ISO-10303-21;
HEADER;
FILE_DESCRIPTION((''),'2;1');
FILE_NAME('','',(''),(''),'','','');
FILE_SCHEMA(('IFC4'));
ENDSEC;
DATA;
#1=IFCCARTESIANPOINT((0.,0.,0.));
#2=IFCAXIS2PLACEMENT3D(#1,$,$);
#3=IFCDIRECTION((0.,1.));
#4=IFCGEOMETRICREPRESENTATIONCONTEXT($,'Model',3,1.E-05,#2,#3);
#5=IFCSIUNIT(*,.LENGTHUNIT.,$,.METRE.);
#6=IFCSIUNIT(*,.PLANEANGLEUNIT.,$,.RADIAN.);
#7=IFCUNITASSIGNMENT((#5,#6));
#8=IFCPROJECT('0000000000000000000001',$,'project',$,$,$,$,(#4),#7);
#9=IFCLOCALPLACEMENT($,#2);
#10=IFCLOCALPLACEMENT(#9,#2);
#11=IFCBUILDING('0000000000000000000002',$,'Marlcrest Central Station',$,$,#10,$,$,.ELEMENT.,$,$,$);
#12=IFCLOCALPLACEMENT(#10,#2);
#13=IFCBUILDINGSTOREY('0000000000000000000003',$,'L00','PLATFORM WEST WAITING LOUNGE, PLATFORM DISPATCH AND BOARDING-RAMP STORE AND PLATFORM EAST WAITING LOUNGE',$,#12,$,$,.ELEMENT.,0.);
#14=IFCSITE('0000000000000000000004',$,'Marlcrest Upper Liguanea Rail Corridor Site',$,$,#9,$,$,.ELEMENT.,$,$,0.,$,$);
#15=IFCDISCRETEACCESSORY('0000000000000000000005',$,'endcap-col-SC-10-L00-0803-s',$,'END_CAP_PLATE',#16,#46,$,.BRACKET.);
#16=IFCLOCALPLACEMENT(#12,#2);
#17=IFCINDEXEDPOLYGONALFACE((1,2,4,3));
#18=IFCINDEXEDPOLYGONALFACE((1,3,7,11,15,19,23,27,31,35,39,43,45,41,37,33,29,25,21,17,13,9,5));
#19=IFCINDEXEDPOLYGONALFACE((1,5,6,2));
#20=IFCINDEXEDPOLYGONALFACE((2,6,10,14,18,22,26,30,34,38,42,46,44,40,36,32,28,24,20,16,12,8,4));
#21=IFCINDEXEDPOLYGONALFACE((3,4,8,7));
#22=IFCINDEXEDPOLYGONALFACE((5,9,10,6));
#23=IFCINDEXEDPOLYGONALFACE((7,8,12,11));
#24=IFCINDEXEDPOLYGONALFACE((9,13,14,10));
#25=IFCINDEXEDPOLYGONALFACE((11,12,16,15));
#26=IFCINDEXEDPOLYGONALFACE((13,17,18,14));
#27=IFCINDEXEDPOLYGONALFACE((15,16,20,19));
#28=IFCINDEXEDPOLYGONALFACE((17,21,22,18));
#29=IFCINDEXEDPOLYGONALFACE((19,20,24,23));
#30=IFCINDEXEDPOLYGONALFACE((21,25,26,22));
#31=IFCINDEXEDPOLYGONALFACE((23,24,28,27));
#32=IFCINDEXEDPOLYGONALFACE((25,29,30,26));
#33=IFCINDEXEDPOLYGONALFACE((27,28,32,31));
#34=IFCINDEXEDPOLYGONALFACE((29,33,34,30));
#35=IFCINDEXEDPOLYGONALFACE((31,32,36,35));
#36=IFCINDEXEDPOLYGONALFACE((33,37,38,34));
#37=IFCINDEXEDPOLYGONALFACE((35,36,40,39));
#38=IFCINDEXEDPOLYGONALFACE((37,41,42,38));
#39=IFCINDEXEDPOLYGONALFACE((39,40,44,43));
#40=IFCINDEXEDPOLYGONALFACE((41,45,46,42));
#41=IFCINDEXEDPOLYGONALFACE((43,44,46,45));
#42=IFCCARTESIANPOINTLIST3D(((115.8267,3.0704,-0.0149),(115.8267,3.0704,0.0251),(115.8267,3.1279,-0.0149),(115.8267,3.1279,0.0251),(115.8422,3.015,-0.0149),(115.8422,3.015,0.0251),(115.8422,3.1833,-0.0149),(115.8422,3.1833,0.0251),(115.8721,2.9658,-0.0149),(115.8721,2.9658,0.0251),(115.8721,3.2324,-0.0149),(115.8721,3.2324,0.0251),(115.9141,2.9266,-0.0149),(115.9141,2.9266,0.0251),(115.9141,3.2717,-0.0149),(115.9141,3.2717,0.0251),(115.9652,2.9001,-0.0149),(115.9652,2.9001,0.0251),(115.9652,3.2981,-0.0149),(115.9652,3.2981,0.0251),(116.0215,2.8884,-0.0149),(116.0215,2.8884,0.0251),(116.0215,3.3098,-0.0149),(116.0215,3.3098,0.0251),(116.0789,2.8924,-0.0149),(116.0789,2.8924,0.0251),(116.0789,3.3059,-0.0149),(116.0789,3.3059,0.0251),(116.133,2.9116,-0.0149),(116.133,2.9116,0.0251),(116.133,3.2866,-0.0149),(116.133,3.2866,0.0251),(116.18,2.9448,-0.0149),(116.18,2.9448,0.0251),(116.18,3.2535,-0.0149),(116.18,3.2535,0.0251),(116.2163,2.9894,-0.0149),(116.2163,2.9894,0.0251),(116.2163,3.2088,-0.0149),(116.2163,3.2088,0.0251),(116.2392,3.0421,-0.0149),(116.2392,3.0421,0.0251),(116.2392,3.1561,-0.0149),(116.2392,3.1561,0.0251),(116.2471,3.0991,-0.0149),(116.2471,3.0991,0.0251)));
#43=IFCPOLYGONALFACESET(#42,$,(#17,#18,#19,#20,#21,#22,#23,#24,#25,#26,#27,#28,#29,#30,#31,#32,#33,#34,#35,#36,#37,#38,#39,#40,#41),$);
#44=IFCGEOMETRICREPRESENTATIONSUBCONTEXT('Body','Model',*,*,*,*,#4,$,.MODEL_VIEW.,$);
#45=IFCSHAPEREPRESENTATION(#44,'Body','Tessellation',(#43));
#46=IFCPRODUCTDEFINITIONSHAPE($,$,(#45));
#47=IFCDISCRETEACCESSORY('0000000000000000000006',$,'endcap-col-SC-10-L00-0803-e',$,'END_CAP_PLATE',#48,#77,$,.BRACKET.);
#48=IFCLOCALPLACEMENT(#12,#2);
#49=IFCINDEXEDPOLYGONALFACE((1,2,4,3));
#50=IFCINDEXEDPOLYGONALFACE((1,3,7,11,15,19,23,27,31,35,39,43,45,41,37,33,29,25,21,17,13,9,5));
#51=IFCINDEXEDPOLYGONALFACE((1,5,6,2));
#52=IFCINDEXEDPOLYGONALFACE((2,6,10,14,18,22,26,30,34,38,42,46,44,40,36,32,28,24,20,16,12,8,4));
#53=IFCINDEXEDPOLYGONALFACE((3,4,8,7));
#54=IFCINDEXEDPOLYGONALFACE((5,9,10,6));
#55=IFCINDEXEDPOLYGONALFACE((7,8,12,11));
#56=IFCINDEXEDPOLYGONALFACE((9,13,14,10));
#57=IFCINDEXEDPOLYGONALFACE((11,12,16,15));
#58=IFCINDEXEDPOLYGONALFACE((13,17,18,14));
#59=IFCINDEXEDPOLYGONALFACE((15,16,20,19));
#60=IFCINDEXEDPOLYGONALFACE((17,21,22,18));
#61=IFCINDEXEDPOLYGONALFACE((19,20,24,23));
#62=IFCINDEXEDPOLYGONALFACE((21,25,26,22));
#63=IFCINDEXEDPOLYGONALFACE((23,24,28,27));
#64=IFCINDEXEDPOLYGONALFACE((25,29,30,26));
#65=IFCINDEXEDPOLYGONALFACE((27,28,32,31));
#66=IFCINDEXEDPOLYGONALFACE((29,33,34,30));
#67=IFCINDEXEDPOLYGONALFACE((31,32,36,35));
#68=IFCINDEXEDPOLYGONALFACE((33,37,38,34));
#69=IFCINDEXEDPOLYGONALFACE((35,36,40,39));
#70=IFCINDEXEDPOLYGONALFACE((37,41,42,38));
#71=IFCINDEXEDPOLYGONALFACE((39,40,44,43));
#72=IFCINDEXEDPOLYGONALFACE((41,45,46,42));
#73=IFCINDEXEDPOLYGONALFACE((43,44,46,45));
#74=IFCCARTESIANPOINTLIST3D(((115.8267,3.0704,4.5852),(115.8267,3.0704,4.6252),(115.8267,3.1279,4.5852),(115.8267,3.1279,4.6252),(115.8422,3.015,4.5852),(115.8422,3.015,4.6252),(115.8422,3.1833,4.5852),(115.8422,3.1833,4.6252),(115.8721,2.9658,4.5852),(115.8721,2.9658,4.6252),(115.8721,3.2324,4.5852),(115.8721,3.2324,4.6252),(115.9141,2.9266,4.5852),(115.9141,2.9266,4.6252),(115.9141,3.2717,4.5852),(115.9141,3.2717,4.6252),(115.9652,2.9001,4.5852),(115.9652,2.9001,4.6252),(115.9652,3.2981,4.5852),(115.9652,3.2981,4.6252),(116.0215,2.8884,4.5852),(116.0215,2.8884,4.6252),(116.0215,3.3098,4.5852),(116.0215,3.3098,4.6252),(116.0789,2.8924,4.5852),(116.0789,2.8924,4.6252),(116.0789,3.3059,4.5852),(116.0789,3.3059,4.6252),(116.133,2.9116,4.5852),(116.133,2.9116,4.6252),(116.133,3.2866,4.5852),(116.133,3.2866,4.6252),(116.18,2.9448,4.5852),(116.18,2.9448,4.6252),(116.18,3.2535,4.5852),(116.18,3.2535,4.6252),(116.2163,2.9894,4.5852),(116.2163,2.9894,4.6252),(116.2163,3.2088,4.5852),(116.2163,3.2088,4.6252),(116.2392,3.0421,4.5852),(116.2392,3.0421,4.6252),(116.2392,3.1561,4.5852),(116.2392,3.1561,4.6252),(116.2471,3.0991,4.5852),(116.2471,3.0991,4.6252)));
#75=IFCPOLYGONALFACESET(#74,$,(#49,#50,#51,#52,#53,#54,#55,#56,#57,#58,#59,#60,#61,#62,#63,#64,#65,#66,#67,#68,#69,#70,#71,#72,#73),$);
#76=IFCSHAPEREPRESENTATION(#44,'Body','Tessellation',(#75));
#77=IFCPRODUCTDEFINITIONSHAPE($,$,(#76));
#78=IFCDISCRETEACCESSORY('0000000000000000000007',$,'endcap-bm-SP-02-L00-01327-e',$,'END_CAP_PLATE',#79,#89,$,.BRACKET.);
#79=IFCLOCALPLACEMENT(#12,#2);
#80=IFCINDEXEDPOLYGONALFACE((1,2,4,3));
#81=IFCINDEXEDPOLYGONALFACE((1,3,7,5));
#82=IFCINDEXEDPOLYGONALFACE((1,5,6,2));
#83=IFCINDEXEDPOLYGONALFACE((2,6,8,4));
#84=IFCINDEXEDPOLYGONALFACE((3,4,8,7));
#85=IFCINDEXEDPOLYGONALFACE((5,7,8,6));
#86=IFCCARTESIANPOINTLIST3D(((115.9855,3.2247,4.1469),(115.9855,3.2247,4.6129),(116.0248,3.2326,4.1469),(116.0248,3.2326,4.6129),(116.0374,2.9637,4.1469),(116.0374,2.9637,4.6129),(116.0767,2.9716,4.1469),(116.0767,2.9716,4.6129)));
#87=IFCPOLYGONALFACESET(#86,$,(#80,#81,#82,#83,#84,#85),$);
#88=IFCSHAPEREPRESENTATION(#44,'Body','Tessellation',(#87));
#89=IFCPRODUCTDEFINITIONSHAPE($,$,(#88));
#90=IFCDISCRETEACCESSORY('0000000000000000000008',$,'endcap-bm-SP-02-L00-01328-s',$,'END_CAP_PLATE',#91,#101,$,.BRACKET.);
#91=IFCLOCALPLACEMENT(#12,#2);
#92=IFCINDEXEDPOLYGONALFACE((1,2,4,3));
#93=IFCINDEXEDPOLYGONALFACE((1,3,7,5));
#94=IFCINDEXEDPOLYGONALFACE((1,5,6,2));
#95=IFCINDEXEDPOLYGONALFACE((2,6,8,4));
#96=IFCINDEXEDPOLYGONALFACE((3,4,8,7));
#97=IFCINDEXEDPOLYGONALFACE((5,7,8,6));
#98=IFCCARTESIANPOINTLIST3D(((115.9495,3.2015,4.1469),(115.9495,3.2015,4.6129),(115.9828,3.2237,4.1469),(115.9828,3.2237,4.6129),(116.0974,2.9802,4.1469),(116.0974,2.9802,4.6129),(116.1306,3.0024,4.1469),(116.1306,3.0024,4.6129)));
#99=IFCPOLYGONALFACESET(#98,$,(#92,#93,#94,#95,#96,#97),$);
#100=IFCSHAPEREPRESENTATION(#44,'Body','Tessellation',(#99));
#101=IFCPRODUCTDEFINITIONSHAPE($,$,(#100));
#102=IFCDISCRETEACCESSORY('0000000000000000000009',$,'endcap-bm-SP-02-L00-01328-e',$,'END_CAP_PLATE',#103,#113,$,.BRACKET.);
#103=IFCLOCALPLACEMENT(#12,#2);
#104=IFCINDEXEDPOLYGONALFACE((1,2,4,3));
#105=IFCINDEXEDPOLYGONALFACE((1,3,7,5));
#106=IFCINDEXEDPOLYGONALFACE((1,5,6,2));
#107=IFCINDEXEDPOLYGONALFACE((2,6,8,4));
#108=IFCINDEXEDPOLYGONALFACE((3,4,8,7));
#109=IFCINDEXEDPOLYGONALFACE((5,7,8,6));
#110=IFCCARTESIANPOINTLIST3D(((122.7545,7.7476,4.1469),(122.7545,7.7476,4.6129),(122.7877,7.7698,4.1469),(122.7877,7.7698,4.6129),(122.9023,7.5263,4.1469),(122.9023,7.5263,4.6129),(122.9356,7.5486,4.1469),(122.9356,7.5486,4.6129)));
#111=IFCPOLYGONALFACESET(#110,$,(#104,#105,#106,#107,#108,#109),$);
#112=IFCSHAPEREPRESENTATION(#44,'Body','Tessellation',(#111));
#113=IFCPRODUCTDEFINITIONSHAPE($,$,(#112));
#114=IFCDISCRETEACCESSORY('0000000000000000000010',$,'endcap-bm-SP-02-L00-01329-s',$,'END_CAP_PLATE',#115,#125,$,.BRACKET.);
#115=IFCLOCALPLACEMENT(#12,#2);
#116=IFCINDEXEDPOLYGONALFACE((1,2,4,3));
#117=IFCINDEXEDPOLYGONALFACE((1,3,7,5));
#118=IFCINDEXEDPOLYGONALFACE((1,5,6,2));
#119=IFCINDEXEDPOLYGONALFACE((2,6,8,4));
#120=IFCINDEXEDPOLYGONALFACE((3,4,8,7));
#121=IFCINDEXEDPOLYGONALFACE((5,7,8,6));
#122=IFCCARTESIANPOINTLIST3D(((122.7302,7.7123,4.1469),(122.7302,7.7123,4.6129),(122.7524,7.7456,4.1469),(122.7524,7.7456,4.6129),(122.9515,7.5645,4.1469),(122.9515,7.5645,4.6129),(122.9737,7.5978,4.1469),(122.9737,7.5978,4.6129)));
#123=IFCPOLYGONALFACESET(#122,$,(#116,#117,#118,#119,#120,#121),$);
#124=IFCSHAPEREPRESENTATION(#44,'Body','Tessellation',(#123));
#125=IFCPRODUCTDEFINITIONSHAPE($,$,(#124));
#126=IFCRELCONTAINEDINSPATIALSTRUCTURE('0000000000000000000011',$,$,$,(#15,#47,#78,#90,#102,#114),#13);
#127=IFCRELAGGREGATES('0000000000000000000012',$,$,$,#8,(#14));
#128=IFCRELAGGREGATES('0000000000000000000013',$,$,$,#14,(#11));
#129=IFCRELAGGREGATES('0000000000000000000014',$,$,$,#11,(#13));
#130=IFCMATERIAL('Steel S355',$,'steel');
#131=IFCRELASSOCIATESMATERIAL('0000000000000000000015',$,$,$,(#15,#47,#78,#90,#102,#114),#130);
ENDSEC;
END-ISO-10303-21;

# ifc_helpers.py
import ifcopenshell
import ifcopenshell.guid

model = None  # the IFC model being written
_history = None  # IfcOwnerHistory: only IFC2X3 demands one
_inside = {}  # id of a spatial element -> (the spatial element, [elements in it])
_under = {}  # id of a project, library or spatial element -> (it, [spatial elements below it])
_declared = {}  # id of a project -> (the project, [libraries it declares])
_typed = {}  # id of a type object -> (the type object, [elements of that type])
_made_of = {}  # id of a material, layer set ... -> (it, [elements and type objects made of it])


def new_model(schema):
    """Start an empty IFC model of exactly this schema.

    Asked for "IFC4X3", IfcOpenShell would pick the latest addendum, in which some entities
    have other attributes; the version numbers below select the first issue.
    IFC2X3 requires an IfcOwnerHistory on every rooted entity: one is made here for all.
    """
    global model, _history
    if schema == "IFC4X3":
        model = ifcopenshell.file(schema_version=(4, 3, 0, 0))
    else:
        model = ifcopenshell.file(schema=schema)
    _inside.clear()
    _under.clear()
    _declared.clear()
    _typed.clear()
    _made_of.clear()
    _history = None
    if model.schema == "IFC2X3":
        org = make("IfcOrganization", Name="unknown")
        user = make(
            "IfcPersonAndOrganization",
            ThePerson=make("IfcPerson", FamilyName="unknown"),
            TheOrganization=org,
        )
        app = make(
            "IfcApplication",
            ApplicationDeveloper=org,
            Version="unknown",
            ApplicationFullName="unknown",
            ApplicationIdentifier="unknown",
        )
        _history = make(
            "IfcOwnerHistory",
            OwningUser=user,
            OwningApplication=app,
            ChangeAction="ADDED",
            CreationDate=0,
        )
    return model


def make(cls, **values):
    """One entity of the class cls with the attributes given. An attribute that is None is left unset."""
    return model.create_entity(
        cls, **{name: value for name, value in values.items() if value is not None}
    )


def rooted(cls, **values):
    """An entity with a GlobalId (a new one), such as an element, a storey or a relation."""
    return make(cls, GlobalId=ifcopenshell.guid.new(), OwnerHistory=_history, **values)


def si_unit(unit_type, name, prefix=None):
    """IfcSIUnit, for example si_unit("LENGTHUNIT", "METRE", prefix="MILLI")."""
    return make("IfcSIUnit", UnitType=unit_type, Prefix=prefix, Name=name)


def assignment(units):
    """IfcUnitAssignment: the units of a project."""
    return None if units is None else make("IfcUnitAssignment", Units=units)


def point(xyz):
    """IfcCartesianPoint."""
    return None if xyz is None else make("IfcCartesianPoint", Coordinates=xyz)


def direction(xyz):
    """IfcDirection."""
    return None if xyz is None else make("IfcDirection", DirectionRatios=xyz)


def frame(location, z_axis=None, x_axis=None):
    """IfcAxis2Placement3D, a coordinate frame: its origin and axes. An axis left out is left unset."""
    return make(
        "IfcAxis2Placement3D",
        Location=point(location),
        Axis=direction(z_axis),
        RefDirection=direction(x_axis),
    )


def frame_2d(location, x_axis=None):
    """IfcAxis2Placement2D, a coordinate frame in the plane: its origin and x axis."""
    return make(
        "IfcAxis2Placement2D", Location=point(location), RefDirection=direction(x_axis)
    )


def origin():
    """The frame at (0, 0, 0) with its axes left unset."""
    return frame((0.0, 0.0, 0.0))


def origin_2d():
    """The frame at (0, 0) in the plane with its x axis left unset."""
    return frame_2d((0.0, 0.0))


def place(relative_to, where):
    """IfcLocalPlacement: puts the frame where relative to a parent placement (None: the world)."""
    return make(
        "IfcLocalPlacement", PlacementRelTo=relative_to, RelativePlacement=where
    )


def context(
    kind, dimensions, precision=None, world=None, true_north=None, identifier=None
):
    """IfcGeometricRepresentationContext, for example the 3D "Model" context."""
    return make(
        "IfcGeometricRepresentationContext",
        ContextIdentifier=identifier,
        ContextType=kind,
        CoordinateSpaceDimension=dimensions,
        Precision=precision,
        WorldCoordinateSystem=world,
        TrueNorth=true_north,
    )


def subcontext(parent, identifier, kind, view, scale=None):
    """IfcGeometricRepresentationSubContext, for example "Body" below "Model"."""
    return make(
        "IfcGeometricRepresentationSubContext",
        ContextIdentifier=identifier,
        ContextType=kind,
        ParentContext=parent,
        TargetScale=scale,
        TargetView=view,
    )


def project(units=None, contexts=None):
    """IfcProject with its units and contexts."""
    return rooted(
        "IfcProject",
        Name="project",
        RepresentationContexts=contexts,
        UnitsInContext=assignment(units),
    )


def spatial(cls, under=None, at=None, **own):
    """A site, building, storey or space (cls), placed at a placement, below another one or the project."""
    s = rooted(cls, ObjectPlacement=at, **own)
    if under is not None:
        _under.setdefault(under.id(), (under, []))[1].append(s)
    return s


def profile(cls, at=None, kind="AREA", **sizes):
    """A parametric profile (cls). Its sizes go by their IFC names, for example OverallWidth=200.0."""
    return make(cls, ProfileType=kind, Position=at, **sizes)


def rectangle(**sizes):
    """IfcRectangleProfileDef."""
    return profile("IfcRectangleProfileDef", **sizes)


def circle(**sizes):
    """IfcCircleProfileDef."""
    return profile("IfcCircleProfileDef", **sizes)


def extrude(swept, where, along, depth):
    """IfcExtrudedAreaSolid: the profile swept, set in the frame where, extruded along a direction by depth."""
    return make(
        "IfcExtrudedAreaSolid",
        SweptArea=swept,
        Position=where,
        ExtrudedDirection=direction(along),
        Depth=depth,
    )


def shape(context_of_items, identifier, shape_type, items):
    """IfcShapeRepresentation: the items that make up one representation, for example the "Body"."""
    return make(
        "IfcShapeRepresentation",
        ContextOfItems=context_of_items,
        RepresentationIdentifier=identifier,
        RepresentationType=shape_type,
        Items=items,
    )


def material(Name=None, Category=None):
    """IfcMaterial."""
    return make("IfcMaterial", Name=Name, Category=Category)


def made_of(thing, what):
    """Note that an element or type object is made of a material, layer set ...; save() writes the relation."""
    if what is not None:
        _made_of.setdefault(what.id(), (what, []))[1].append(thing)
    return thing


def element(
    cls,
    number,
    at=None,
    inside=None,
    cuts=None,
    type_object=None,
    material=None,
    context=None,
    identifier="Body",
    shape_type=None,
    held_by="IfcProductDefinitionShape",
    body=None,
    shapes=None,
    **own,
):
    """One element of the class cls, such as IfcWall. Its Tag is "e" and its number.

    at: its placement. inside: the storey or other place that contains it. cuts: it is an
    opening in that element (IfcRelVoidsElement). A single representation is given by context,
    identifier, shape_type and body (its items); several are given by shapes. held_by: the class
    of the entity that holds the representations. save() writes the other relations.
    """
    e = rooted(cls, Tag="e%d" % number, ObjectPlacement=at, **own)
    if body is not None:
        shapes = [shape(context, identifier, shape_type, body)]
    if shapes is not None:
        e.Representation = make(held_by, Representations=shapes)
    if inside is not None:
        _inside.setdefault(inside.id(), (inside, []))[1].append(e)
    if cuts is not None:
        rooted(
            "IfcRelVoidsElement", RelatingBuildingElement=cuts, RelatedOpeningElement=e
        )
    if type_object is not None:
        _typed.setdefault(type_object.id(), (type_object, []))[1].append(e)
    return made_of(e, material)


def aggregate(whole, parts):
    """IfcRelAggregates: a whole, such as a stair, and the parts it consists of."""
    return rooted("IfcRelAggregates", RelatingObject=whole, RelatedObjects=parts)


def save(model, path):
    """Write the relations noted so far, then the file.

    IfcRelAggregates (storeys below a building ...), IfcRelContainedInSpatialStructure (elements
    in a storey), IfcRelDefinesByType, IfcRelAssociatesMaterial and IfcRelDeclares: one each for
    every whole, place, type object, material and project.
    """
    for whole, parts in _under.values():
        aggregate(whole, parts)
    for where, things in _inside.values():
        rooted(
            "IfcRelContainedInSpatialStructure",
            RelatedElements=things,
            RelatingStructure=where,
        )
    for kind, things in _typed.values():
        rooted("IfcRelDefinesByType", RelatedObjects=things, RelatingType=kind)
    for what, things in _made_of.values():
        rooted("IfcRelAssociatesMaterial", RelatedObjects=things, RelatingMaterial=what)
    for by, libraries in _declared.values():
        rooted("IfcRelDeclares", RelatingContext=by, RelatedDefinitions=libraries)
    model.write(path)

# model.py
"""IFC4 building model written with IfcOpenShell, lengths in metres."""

from ifc_helpers import new_model, si_unit, direction, frame, origin, origin_2d, place, context, subcontext, project, spatial, rectangle, circle, extrude, material, element, save


model = new_model("IFC4")

# Units and contexts
model_context = context("Model", 3, precision=1e-05, world=origin(), true_north=direction((0.0, 1.0)))
body_context = subcontext(model_context, "Body", "Model", "MODEL_VIEW")
ifc_project = project(units=[si_unit("LENGTHUNIT", "METRE"), si_unit("PLANEANGLEUNIT", "RADIAN")], contexts=[model_context])

# Site, building, storey
site_placement = place(None, origin())
site = spatial("IfcSite", under=ifc_project, at=site_placement, Name="Marlcrest Upper Liguanea Rail Corridor Site", CompositionType="ELEMENT", RefElevation=0.0)
building_placement = place(site_placement, origin())
building = spatial("IfcBuilding", under=site, at=building_placement, Name="Marlcrest Central Station", CompositionType="ELEMENT")
storey_placement = place(building_placement, origin())
storey = spatial("IfcBuildingStorey", under=building, at=storey_placement, Name="L00", Description="PLATFORM WEST WAITING LOUNGE, PLATFORM DISPATCH AND BOARDING-RAMP STORE AND PLATFORM EAST WAITING LOUNGE", CompositionType="ELEMENT", Elevation=0.0)

# Shared definitions
ifc_material_1 = material(Name="Steel S355", Category="steel")

# Discrete accessories
for number, where, z_axis, x_axis, name in (
    (1, (116.0359, 3.0991, -0.0149), (0.0, 0.0, 1.0), (1.0, 0.0, 0.0), "endcap-col-SC-10-L00-0803-s"),
    (2, (116.0359, 3.0991, 4.5852), (0.0, 0.0, 1.0), (1.0, 0.0, 0.0), "endcap-col-SC-10-L00-0803-e"),
):
    element("IfcDiscreteAccessory", number, at=place(storey_placement, frame(where, z_axis=z_axis, x_axis=x_axis)), inside=storey, material=ifc_material_1, Name=name, ObjectType="END_CAP_PLATE", PredefinedType="BRACKET", context=body_context, shape_type="SweptSolid", body=[
        extrude(circle(Radius=0.2112, at=origin_2d()), origin(), (0.0, 0.0, 1.0), 0.04),
    ])
for number, where, z_axis, x_axis, name in (
    (3, (116.0115, 3.0942, 4.3799), (0.980769, 0.195171, 0.0), (-0.195171, 0.980769, 0.0), "endcap-bm-SP-02-L00-01327-e"),
    (4, (116.0234, 3.0908, 4.3799), (0.831509, 0.555511, 0.0), (-0.555511, 0.831509, 0.0), "endcap-bm-SP-02-L00-01328-s"),
    (5, (122.8284, 7.637, 4.3799), (0.831509, 0.555511, 0.0), (-0.555511, 0.831509, 0.0), "endcap-bm-SP-02-L00-01328-e"),
    (6, (122.8408, 7.6384, 4.3799), (0.555511, 0.831509, 0.0), (-0.831509, 0.555511, 0.0), "endcap-bm-SP-02-L00-01329-s"),
):
    element("IfcDiscreteAccessory", number, at=place(storey_placement, frame(where, z_axis=z_axis, x_axis=x_axis)), inside=storey, material=ifc_material_1, Name=name, ObjectType="END_CAP_PLATE", PredefinedType="BRACKET", context=body_context, shape_type="SweptSolid", body=[
        extrude(rectangle(XDim=0.2661, YDim=0.4661, at=origin_2d()), origin(), (0.0, 0.0, 1.0), 0.04),
    ])

save(model, "model.ifc")
